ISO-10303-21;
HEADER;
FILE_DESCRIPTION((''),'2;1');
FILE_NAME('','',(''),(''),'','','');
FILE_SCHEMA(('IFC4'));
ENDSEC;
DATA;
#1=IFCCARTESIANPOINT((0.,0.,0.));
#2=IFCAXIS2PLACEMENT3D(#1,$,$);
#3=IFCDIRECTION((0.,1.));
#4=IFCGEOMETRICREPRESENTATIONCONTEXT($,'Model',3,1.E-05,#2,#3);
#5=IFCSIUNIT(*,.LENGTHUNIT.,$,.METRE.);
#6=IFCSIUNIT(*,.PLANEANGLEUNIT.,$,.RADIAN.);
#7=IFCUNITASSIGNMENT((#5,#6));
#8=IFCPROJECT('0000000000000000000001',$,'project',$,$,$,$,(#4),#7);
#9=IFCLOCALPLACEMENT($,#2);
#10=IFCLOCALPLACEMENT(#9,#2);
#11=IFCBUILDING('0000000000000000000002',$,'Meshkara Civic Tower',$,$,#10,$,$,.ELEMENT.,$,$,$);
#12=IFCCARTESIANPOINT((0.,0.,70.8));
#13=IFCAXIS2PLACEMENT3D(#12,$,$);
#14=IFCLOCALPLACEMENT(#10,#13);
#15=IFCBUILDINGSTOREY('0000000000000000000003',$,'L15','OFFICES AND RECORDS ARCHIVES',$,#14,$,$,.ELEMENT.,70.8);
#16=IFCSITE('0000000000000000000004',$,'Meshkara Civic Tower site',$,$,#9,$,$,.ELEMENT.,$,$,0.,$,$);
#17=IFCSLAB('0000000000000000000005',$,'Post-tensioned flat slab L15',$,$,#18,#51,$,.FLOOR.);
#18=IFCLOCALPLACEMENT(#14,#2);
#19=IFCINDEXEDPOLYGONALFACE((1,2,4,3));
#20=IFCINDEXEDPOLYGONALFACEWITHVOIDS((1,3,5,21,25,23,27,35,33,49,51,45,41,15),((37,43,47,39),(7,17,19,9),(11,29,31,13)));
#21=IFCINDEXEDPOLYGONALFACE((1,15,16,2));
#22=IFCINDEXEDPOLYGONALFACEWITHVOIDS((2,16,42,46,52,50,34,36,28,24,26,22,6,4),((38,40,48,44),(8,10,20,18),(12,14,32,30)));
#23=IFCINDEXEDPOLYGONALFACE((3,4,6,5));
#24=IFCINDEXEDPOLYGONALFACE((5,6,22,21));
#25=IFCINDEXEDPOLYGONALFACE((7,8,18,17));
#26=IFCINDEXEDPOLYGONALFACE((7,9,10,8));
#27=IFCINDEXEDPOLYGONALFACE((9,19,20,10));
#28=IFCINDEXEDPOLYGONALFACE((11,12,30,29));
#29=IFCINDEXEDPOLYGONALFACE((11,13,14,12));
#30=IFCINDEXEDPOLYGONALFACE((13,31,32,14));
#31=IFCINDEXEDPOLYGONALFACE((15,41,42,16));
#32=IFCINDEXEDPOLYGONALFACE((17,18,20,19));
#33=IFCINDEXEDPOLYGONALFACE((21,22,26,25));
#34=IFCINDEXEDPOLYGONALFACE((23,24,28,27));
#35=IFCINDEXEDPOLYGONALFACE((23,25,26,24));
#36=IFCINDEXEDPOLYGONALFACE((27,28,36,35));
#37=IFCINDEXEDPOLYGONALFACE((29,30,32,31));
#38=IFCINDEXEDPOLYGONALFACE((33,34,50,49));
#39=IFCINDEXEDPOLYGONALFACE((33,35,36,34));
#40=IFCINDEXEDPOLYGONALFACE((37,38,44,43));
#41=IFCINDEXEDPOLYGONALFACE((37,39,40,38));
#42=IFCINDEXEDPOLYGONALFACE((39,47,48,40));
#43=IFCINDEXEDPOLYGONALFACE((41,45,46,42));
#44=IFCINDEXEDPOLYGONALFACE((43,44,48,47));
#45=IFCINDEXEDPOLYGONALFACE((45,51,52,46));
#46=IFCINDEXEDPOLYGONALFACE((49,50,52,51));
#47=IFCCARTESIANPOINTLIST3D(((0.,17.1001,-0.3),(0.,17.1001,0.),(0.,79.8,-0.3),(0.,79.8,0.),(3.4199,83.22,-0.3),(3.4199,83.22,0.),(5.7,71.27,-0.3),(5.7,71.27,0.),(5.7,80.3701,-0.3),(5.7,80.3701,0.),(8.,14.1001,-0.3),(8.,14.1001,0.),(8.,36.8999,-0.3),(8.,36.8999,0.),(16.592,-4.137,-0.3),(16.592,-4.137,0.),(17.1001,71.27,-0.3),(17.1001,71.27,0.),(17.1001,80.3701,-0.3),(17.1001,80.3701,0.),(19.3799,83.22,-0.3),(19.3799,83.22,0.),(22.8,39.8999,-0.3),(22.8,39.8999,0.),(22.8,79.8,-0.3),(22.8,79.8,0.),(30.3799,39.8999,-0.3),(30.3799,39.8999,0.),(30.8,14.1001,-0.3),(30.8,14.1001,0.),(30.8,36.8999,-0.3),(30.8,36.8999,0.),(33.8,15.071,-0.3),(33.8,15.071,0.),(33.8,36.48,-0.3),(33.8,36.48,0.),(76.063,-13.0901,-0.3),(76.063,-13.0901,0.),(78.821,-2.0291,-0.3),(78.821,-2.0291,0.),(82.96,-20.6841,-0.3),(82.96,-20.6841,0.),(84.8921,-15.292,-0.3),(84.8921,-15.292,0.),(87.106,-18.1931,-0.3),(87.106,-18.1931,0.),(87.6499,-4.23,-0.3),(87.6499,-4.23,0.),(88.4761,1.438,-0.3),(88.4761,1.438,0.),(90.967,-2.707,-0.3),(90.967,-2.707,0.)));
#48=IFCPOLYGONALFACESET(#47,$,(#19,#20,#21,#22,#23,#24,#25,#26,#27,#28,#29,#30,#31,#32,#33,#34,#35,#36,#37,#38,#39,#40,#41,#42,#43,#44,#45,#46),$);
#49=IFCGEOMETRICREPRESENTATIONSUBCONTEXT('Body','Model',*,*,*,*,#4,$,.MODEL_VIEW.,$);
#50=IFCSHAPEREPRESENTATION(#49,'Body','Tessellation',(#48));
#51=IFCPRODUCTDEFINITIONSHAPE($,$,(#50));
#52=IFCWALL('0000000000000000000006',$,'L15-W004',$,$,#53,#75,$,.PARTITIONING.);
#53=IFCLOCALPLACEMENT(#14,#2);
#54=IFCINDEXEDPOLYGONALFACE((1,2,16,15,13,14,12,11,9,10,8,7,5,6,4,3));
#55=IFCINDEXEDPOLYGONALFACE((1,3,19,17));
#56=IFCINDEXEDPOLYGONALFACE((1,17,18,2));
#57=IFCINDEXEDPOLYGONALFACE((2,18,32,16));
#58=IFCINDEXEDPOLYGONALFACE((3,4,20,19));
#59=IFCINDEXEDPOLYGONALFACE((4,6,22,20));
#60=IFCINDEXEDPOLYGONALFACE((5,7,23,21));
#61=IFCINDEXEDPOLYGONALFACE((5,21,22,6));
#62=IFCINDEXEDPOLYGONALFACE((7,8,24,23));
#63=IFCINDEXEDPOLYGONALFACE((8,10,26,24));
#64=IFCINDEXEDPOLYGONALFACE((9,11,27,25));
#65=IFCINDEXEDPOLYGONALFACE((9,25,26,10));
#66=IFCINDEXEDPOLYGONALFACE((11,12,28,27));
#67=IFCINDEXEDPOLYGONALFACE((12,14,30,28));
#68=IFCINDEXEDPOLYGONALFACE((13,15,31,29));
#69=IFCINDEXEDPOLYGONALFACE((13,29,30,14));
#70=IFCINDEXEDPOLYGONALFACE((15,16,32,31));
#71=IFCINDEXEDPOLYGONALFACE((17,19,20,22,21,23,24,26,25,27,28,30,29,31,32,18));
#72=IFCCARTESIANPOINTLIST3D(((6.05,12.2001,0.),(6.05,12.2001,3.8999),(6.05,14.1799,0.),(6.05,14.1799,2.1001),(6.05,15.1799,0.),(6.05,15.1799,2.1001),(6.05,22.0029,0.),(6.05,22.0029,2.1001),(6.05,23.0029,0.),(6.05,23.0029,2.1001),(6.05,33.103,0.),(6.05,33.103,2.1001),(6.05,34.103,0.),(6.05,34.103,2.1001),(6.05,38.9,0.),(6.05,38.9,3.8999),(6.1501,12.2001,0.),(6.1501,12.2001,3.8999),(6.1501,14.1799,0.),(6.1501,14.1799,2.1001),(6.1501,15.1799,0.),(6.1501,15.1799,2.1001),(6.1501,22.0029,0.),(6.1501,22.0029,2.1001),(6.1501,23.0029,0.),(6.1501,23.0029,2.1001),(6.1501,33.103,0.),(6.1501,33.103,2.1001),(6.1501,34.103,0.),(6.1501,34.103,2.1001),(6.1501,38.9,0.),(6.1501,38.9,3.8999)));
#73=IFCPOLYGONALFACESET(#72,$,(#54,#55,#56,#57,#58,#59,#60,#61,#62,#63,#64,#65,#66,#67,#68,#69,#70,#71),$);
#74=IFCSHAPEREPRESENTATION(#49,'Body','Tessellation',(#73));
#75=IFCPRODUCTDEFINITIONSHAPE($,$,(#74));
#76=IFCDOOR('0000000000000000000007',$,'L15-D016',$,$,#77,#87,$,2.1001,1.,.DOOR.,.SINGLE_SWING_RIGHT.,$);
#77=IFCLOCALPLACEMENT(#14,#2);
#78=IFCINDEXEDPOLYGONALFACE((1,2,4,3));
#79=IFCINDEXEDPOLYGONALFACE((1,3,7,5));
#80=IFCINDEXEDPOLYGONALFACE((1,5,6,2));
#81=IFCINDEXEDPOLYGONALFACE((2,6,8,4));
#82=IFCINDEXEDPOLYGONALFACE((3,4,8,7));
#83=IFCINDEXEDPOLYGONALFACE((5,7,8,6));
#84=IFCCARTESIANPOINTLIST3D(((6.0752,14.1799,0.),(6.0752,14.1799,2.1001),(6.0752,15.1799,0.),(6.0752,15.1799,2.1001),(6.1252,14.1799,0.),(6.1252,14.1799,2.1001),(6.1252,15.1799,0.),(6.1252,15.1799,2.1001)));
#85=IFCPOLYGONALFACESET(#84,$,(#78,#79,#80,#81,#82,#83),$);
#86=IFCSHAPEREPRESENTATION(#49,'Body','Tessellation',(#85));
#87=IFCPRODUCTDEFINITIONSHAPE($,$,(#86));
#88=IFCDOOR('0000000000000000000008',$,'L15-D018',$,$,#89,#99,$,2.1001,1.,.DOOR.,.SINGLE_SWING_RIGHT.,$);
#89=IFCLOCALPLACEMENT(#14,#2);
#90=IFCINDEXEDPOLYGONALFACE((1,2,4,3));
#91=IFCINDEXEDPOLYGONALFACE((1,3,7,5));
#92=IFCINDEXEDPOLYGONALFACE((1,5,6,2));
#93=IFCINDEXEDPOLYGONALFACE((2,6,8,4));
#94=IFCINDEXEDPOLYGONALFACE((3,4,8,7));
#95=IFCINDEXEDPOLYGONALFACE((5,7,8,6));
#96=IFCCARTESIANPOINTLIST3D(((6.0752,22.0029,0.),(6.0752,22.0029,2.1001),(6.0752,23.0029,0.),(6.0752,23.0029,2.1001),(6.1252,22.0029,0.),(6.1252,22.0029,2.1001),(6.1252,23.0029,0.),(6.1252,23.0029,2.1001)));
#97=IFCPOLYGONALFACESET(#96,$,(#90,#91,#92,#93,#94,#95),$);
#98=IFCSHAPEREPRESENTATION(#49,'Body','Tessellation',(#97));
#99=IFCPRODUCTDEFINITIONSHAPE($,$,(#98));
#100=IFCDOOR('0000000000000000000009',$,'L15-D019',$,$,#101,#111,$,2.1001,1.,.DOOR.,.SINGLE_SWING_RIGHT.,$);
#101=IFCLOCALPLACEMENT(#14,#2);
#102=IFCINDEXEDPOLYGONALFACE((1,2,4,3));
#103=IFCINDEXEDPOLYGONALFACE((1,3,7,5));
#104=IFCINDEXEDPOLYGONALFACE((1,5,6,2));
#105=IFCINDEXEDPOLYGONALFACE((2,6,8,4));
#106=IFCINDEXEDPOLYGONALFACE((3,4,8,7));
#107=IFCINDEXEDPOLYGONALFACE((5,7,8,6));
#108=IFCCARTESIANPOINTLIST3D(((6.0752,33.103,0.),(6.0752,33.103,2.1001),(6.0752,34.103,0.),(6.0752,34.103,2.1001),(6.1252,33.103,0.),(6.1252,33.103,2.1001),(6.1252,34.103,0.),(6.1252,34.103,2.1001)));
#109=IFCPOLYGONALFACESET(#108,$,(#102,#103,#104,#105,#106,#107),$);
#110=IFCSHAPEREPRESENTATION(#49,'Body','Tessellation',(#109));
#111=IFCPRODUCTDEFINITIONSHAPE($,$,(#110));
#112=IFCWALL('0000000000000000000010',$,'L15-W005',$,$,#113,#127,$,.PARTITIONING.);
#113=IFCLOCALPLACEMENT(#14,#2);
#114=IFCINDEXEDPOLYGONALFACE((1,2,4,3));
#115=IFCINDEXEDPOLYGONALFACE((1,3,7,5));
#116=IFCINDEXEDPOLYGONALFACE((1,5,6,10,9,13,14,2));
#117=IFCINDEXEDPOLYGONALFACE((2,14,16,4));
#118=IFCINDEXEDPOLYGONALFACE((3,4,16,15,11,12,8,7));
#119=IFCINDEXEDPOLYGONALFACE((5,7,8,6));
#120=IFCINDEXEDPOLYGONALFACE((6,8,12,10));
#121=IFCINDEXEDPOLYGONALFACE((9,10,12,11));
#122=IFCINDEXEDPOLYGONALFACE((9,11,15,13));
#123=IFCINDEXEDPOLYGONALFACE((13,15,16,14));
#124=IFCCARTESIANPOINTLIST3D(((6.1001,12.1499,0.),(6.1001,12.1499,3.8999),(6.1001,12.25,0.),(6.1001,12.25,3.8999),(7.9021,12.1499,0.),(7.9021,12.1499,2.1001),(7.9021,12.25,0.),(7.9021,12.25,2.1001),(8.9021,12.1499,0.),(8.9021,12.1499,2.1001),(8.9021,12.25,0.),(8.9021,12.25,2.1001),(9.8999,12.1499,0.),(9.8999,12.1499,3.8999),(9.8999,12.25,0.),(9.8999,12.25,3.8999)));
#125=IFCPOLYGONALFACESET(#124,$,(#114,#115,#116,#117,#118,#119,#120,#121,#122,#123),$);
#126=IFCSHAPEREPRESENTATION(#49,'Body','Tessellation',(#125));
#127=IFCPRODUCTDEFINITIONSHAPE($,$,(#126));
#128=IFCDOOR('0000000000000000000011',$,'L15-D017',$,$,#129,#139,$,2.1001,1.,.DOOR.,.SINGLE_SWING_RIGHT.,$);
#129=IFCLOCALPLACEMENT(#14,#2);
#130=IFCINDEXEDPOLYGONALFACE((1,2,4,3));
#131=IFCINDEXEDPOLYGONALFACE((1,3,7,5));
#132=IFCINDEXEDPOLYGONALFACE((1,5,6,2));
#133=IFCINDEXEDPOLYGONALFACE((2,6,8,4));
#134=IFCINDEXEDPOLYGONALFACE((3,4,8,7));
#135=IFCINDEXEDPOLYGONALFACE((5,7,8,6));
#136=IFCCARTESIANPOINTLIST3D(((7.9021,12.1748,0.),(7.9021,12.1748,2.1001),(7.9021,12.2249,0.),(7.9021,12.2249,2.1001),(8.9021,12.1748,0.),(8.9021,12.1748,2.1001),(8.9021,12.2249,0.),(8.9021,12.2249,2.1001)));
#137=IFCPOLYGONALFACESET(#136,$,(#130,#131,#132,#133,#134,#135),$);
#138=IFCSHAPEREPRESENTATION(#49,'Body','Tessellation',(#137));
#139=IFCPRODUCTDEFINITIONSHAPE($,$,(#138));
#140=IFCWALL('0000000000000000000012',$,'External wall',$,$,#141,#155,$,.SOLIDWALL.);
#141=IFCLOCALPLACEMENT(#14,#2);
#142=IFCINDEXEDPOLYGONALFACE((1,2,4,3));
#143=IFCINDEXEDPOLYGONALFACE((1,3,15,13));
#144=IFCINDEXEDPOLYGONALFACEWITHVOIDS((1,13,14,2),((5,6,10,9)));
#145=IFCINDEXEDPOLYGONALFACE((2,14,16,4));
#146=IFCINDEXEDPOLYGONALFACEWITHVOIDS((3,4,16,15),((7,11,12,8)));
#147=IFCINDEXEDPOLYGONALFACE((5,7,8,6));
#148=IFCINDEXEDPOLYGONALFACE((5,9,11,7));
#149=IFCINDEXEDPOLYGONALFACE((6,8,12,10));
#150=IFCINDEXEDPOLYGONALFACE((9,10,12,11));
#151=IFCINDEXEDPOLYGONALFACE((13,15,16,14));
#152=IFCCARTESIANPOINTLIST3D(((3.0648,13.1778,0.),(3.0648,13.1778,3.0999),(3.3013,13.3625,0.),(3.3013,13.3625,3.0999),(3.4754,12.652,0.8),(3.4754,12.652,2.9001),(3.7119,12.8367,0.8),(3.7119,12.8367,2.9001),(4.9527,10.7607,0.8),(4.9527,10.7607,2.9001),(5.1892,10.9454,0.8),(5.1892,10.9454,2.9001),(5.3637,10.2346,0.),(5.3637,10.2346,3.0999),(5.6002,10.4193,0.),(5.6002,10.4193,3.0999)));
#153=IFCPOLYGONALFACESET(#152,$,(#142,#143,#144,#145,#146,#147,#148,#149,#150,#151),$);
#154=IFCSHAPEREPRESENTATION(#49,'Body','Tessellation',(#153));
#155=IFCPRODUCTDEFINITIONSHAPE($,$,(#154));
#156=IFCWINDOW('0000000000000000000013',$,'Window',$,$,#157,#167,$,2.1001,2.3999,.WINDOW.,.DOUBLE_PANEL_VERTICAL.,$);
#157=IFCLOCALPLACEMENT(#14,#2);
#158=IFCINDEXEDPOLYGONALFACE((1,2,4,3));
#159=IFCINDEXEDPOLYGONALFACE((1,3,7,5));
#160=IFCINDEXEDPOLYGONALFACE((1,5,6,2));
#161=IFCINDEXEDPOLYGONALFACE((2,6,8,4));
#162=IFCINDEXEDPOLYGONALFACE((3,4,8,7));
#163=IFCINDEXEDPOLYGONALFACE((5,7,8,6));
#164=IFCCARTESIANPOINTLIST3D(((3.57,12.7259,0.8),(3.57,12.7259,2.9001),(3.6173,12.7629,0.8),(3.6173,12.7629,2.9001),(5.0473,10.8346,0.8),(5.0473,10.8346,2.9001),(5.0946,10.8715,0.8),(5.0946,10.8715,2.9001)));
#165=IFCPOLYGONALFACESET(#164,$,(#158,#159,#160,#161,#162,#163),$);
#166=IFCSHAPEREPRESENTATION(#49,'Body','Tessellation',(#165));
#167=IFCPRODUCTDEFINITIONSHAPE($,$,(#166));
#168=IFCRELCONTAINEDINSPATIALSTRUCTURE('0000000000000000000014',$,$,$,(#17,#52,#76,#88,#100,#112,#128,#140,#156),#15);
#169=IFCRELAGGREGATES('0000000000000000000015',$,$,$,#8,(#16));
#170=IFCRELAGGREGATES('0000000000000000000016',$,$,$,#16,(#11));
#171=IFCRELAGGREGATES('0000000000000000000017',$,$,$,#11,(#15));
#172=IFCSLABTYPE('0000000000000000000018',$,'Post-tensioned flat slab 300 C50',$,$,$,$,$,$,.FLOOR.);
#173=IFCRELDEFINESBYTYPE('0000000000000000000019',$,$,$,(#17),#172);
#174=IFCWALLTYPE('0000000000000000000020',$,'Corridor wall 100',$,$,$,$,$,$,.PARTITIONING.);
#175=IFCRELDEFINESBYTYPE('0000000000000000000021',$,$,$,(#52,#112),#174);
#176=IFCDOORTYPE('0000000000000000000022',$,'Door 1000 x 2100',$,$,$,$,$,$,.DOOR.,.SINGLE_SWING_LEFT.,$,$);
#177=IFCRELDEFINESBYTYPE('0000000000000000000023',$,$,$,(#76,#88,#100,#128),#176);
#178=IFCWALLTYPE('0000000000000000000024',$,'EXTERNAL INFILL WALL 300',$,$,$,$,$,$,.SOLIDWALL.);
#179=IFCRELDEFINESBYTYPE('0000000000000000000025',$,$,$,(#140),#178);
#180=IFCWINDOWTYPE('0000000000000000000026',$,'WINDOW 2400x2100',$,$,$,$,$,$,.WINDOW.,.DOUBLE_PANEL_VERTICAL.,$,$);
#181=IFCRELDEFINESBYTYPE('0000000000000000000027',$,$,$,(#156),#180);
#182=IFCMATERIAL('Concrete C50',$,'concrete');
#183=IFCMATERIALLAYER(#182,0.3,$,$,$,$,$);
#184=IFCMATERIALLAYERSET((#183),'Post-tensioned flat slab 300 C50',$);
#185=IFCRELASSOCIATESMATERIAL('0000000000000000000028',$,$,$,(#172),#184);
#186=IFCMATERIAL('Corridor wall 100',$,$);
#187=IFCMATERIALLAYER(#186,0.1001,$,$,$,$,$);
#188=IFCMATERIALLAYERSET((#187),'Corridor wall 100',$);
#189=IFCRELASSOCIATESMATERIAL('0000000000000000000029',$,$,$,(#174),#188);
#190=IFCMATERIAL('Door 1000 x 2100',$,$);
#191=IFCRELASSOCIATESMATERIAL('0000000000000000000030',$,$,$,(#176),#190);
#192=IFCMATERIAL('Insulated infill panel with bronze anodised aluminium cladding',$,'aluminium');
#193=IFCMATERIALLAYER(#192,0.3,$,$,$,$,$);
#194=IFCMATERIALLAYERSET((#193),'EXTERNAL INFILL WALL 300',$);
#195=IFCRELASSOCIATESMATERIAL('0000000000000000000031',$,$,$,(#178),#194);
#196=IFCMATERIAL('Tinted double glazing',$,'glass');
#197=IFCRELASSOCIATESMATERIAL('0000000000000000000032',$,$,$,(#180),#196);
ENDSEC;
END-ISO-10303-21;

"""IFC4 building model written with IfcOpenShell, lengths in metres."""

from ifc_helpers import new_model, si_unit, direction, frame, frame_2d, origin, place, context, subcontext, project, spatial, polyline, rectangle, outline, extrude, material, layer, layer_set, type_object, element, fill, save


model = new_model("IFC4")

# Units and contexts
model_context = context("Model", 3, precision=1e-05, world=origin(), true_north=direction((0.0, 1.0)))
body_context = subcontext(model_context, "Body", "Model", "MODEL_VIEW")
ifc_project = project(units=[si_unit("LENGTHUNIT", "METRE"), si_unit("PLANEANGLEUNIT", "RADIAN")], contexts=[model_context])

# Site, building, storey
site_placement = place(None, origin())
site = spatial("IfcSite", under=ifc_project, at=site_placement, Name="Meshkara Civic Tower site", CompositionType="ELEMENT", RefElevation=0.0)
building_placement = place(site_placement, origin())
building = spatial("IfcBuilding", under=site, at=building_placement, Name="Meshkara Civic Tower", CompositionType="ELEMENT")
storey_placement = place(building_placement, frame((0.0, 0.0, 70.8)))
storey = spatial("IfcBuildingStorey", under=building, at=storey_placement, Name="L15", Description="OFFICES AND RECORDS ARCHIVES", CompositionType="ELEMENT", Elevation=70.8)

# Slab
ifc_material_1 = material(Name="Concrete C50", Category="concrete")
ifc_layer_1 = layer(ifc_material_1, 0.3)
ifc_layer_set_1 = layer_set([ifc_layer_1], Name="Post-tensioned flat slab 300 C50")
slab_type_1 = type_object("IfcSlabType", Name="Post-tensioned flat slab 300 C50", PredefinedType="FLOOR", material=ifc_layer_set_1)
slab_1_placement = place(storey_placement, frame((0.0, 0.0, -0.3)))
element("IfcSlab", 1, at=slab_1_placement, inside=storey, type_object=slab_type_1, Name="Post-tensioned flat slab L15", PredefinedType="FLOOR", context=body_context, shape_type="SweptSolid", body=[
    extrude(outline(polyline([(87.106, -18.1931), (82.96, -20.6841), (16.592, -4.137), (0.0, 17.1001), (0.0, 79.8), (3.4199, 83.22), (19.3799, 83.22), (22.8, 79.8), (22.8, 39.8999), (30.3799, 39.8999), (33.8, 36.48), (33.8, 15.071), (88.4761, 1.438), (90.967, -2.707), (87.106, -18.1931)]), holes=[polyline([(84.8921, -15.292), (87.6499, -4.23), (78.821, -2.0291), (76.063, -13.0901), (84.8921, -15.292)]), polyline([(8.0, 14.1001), (30.8, 14.1001), (30.8, 36.8999), (8.0, 36.8999), (8.0, 14.1001)]), polyline([(5.7, 80.3701), (5.7, 71.27), (17.1001, 71.27), (17.1001, 80.3701), (5.7, 80.3701)])]), origin(), (0.0, 0.0, 1.0), 0.3),
])

# Wall, openings, doors
ifc_material_2 = material(Name="Corridor wall 100")
ifc_layer_2 = layer(ifc_material_2, 0.1001)
ifc_layer_set_2 = layer_set([ifc_layer_2], Name="Corridor wall 100")
wall_type_1 = type_object("IfcWallType", Name="Corridor wall 100", PredefinedType="PARTITIONING", material=ifc_layer_set_2)
wall_1_placement = place(storey_placement, frame((6.1001, 12.2, 0.0), z_axis=(0.0, 0.0, 1.0), x_axis=(0.0, 1.0, 0.0)))
wall_1 = element("IfcWall", 2, at=wall_1_placement, inside=storey, type_object=wall_type_1, Name="L15-W004", PredefinedType="PARTITIONING", context=body_context, shape_type="SweptSolid", body=[
    extrude(rectangle(XDim=26.7, YDim=0.1001, at=frame_2d((13.3501, 0.0))), origin(), (0.0, 0.0, 1.0), 3.8999),
])
opening_1_placement = place(wall_1_placement, frame((1.98, 0.0, 0.0)))
opening_1 = element("IfcOpeningElement", 3, at=opening_1_placement, cuts=wall_1, PredefinedType="OPENING", context=body_context, shape_type="SweptSolid", body=[
    extrude(rectangle(XDim=1.0, YDim=2.1001, at=frame_2d((0.5, 1.05))), frame((0.0, 0.0601, 0.0), z_axis=(0.0, -1.0, 0.0), x_axis=(1.0, 0.0, 0.0)), (0.0, 0.0, 1.0), 0.1201),
])
opening_2_placement = place(wall_1_placement, frame((9.803, 0.0, 0.0)))
opening_2 = element("IfcOpeningElement", 4, at=opening_2_placement, cuts=wall_1, PredefinedType="OPENING", context=body_context, shape_type="SweptSolid", body=[
    extrude(rectangle(XDim=1.0, YDim=2.1001, at=frame_2d((0.5, 1.05))), frame((0.0, 0.0601, 0.0), z_axis=(0.0, -1.0, 0.0), x_axis=(1.0, 0.0, 0.0)), (0.0, 0.0, 1.0), 0.1201),
])
opening_3_placement = place(wall_1_placement, frame((20.9031, 0.0, 0.0)))
opening_3 = element("IfcOpeningElement", 5, at=opening_3_placement, cuts=wall_1, PredefinedType="OPENING", context=body_context, shape_type="SweptSolid", body=[
    extrude(rectangle(XDim=1.0, YDim=2.1001, at=frame_2d((0.5, 1.05))), frame((0.0, 0.0601, 0.0), z_axis=(0.0, -1.0, 0.0), x_axis=(1.0, 0.0, 0.0)), (0.0, 0.0, 1.0), 0.1201),
])
ifc_material_3 = material(Name="Door 1000 x 2100")
door_type = type_object("IfcDoorType", Name="Door 1000 x 2100", OperationType="SINGLE_SWING_LEFT", PredefinedType="DOOR", material=ifc_material_3)
door_1_placement = place(opening_1_placement, origin())
door_1 = element("IfcDoor", 6, at=door_1_placement, inside=storey, type_object=door_type, Name="L15-D016", OperationType="SINGLE_SWING_RIGHT", OverallHeight=2.1001, OverallWidth=1.0, PredefinedType="DOOR", context=body_context, shape_type="SweptSolid", body=[
    extrude(rectangle(XDim=1.0, YDim=2.1001, at=frame_2d((0.5, 1.05))), frame((0.0, 0.0249, 0.0), z_axis=(0.0, -1.0, 0.0), x_axis=(1.0, 0.0, 0.0)), (0.0, 0.0, 1.0), 0.05),
])
fill(opening_1, door_1)
door_2_placement = place(opening_2_placement, origin())
door_2 = element("IfcDoor", 7, at=door_2_placement, inside=storey, type_object=door_type, Name="L15-D018", OperationType="SINGLE_SWING_RIGHT", OverallHeight=2.1001, OverallWidth=1.0, PredefinedType="DOOR", context=body_context, shape_type="SweptSolid", body=[
    extrude(rectangle(XDim=1.0, YDim=2.1001, at=frame_2d((0.5, 1.05))), frame((0.0, 0.0249, 0.0), z_axis=(0.0, -1.0, 0.0), x_axis=(1.0, 0.0, 0.0)), (0.0, 0.0, 1.0), 0.05),
])
fill(opening_2, door_2)
door_3_placement = place(opening_3_placement, origin())
door_3 = element("IfcDoor", 8, at=door_3_placement, inside=storey, type_object=door_type, Name="L15-D019", OperationType="SINGLE_SWING_RIGHT", OverallHeight=2.1001, OverallWidth=1.0, PredefinedType="DOOR", context=body_context, shape_type="SweptSolid", body=[
    extrude(rectangle(XDim=1.0, YDim=2.1001, at=frame_2d((0.5, 1.05))), frame((0.0, 0.0249, 0.0), z_axis=(0.0, -1.0, 0.0), x_axis=(1.0, 0.0, 0.0)), (0.0, 0.0, 1.0), 0.05),
])
fill(opening_3, door_3)

# Wall, opening, door
wall_2_placement = place(storey_placement, frame((6.1001, 12.2, 0.0), z_axis=(0.0, 0.0, 1.0), x_axis=(1.0, 0.0, 0.0)))
wall_2 = element("IfcWall", 9, at=wall_2_placement, inside=storey, type_object=wall_type_1, Name="L15-W005", PredefinedType="PARTITIONING", context=body_context, shape_type="SweptSolid", body=[
    extrude(rectangle(XDim=3.7998, YDim=0.1001, at=frame_2d((1.8999, 0.0))), origin(), (0.0, 0.0, 1.0), 3.8999),
])
opening_4_placement = place(wall_2_placement, frame((1.802, 0.0, 0.0)))
opening_4 = element("IfcOpeningElement", 10, at=opening_4_placement, cuts=wall_2, PredefinedType="OPENING", context=body_context, shape_type="SweptSolid", body=[
    extrude(rectangle(XDim=1.0, YDim=2.1001, at=frame_2d((0.5, 1.05))), frame((0.0, 0.0601, 0.0), z_axis=(0.0, -1.0, 0.0), x_axis=(1.0, 0.0, 0.0)), (0.0, 0.0, 1.0), 0.1201),
])
door_4_placement = place(opening_4_placement, origin())
door_4 = element("IfcDoor", 11, at=door_4_placement, inside=storey, type_object=door_type, Name="L15-D017", OperationType="SINGLE_SWING_RIGHT", OverallHeight=2.1001, OverallWidth=1.0, PredefinedType="DOOR", context=body_context, shape_type="SweptSolid", body=[
    extrude(rectangle(XDim=1.0, YDim=2.1001, at=frame_2d((0.5, 1.05))), frame((0.0, 0.0249, 0.0), z_axis=(0.0, -1.0, 0.0), x_axis=(1.0, 0.0, 0.0)), (0.0, 0.0, 1.0), 0.05),
])
fill(opening_4, door_4)

# Wall, opening, window
ifc_material_4 = material(Name="Insulated infill panel with bronze anodised aluminium cladding", Category="aluminium")
ifc_layer_3 = layer(ifc_material_4, 0.3)
ifc_layer_set_3 = layer_set([ifc_layer_3], Name="EXTERNAL INFILL WALL 300")
wall_type_2 = type_object("IfcWallType", Name="EXTERNAL INFILL WALL 300", PredefinedType="SOLIDWALL", material=ifc_layer_set_3)
wall_3_placement = place(storey_placement, frame((3.1831, 13.27, 0.0), z_axis=(0.0, 0.0, 1.0), x_axis=(0.615564, -0.788087, 0.0)))
wall_3 = element("IfcWall", 12, at=wall_3_placement, inside=storey, type_object=wall_type_2, Name="External wall", PredefinedType="SOLIDWALL", context=body_context, shape_type="SweptSolid", body=[
    extrude(rectangle(XDim=3.7346, YDim=0.3, at=frame_2d((1.8672, 0.0))), origin(), (0.0, 0.0, 1.0), 3.0999),
])
opening_5_placement = place(wall_3_placement, frame((0.667, 0.0, 0.8)))
opening_5 = element("IfcOpeningElement", 13, at=opening_5_placement, cuts=wall_3, PredefinedType="OPENING", context=body_context, shape_type="SweptSolid", body=[
    extrude(rectangle(XDim=2.3999, YDim=2.1001, at=frame_2d((1.2, 1.05))), frame((0.0, 0.1599, 0.0), z_axis=(0.0, -1.0, 0.0), x_axis=(1.0, 0.0, 0.0)), (0.0, 0.0, 1.0), 0.3201),
])
ifc_material_5 = material(Name="Tinted double glazing", Category="glass")
window_type = type_object("IfcWindowType", Name="WINDOW 2400x2100", PartitioningType="DOUBLE_PANEL_VERTICAL", PredefinedType="WINDOW", material=ifc_material_5)
window_placement = place(opening_5_placement, origin())
window = element("IfcWindow", 14, at=window_placement, inside=storey, type_object=window_type, Name="Window", OverallHeight=2.1001, OverallWidth=2.3999, PartitioningType="DOUBLE_PANEL_VERTICAL", PredefinedType="WINDOW", context=body_context, shape_type="SweptSolid", body=[
    extrude(rectangle(XDim=2.3999, YDim=2.1001, at=frame_2d((1.2, 1.05))), frame((0.0, 0.03, 0.0), z_axis=(0.0, -1.0, 0.0), x_axis=(1.0, 0.0, 0.0)), (0.0, 0.0, 1.0), 0.0601),
])
fill(opening_5, window)

save(model, "model.ifc")
